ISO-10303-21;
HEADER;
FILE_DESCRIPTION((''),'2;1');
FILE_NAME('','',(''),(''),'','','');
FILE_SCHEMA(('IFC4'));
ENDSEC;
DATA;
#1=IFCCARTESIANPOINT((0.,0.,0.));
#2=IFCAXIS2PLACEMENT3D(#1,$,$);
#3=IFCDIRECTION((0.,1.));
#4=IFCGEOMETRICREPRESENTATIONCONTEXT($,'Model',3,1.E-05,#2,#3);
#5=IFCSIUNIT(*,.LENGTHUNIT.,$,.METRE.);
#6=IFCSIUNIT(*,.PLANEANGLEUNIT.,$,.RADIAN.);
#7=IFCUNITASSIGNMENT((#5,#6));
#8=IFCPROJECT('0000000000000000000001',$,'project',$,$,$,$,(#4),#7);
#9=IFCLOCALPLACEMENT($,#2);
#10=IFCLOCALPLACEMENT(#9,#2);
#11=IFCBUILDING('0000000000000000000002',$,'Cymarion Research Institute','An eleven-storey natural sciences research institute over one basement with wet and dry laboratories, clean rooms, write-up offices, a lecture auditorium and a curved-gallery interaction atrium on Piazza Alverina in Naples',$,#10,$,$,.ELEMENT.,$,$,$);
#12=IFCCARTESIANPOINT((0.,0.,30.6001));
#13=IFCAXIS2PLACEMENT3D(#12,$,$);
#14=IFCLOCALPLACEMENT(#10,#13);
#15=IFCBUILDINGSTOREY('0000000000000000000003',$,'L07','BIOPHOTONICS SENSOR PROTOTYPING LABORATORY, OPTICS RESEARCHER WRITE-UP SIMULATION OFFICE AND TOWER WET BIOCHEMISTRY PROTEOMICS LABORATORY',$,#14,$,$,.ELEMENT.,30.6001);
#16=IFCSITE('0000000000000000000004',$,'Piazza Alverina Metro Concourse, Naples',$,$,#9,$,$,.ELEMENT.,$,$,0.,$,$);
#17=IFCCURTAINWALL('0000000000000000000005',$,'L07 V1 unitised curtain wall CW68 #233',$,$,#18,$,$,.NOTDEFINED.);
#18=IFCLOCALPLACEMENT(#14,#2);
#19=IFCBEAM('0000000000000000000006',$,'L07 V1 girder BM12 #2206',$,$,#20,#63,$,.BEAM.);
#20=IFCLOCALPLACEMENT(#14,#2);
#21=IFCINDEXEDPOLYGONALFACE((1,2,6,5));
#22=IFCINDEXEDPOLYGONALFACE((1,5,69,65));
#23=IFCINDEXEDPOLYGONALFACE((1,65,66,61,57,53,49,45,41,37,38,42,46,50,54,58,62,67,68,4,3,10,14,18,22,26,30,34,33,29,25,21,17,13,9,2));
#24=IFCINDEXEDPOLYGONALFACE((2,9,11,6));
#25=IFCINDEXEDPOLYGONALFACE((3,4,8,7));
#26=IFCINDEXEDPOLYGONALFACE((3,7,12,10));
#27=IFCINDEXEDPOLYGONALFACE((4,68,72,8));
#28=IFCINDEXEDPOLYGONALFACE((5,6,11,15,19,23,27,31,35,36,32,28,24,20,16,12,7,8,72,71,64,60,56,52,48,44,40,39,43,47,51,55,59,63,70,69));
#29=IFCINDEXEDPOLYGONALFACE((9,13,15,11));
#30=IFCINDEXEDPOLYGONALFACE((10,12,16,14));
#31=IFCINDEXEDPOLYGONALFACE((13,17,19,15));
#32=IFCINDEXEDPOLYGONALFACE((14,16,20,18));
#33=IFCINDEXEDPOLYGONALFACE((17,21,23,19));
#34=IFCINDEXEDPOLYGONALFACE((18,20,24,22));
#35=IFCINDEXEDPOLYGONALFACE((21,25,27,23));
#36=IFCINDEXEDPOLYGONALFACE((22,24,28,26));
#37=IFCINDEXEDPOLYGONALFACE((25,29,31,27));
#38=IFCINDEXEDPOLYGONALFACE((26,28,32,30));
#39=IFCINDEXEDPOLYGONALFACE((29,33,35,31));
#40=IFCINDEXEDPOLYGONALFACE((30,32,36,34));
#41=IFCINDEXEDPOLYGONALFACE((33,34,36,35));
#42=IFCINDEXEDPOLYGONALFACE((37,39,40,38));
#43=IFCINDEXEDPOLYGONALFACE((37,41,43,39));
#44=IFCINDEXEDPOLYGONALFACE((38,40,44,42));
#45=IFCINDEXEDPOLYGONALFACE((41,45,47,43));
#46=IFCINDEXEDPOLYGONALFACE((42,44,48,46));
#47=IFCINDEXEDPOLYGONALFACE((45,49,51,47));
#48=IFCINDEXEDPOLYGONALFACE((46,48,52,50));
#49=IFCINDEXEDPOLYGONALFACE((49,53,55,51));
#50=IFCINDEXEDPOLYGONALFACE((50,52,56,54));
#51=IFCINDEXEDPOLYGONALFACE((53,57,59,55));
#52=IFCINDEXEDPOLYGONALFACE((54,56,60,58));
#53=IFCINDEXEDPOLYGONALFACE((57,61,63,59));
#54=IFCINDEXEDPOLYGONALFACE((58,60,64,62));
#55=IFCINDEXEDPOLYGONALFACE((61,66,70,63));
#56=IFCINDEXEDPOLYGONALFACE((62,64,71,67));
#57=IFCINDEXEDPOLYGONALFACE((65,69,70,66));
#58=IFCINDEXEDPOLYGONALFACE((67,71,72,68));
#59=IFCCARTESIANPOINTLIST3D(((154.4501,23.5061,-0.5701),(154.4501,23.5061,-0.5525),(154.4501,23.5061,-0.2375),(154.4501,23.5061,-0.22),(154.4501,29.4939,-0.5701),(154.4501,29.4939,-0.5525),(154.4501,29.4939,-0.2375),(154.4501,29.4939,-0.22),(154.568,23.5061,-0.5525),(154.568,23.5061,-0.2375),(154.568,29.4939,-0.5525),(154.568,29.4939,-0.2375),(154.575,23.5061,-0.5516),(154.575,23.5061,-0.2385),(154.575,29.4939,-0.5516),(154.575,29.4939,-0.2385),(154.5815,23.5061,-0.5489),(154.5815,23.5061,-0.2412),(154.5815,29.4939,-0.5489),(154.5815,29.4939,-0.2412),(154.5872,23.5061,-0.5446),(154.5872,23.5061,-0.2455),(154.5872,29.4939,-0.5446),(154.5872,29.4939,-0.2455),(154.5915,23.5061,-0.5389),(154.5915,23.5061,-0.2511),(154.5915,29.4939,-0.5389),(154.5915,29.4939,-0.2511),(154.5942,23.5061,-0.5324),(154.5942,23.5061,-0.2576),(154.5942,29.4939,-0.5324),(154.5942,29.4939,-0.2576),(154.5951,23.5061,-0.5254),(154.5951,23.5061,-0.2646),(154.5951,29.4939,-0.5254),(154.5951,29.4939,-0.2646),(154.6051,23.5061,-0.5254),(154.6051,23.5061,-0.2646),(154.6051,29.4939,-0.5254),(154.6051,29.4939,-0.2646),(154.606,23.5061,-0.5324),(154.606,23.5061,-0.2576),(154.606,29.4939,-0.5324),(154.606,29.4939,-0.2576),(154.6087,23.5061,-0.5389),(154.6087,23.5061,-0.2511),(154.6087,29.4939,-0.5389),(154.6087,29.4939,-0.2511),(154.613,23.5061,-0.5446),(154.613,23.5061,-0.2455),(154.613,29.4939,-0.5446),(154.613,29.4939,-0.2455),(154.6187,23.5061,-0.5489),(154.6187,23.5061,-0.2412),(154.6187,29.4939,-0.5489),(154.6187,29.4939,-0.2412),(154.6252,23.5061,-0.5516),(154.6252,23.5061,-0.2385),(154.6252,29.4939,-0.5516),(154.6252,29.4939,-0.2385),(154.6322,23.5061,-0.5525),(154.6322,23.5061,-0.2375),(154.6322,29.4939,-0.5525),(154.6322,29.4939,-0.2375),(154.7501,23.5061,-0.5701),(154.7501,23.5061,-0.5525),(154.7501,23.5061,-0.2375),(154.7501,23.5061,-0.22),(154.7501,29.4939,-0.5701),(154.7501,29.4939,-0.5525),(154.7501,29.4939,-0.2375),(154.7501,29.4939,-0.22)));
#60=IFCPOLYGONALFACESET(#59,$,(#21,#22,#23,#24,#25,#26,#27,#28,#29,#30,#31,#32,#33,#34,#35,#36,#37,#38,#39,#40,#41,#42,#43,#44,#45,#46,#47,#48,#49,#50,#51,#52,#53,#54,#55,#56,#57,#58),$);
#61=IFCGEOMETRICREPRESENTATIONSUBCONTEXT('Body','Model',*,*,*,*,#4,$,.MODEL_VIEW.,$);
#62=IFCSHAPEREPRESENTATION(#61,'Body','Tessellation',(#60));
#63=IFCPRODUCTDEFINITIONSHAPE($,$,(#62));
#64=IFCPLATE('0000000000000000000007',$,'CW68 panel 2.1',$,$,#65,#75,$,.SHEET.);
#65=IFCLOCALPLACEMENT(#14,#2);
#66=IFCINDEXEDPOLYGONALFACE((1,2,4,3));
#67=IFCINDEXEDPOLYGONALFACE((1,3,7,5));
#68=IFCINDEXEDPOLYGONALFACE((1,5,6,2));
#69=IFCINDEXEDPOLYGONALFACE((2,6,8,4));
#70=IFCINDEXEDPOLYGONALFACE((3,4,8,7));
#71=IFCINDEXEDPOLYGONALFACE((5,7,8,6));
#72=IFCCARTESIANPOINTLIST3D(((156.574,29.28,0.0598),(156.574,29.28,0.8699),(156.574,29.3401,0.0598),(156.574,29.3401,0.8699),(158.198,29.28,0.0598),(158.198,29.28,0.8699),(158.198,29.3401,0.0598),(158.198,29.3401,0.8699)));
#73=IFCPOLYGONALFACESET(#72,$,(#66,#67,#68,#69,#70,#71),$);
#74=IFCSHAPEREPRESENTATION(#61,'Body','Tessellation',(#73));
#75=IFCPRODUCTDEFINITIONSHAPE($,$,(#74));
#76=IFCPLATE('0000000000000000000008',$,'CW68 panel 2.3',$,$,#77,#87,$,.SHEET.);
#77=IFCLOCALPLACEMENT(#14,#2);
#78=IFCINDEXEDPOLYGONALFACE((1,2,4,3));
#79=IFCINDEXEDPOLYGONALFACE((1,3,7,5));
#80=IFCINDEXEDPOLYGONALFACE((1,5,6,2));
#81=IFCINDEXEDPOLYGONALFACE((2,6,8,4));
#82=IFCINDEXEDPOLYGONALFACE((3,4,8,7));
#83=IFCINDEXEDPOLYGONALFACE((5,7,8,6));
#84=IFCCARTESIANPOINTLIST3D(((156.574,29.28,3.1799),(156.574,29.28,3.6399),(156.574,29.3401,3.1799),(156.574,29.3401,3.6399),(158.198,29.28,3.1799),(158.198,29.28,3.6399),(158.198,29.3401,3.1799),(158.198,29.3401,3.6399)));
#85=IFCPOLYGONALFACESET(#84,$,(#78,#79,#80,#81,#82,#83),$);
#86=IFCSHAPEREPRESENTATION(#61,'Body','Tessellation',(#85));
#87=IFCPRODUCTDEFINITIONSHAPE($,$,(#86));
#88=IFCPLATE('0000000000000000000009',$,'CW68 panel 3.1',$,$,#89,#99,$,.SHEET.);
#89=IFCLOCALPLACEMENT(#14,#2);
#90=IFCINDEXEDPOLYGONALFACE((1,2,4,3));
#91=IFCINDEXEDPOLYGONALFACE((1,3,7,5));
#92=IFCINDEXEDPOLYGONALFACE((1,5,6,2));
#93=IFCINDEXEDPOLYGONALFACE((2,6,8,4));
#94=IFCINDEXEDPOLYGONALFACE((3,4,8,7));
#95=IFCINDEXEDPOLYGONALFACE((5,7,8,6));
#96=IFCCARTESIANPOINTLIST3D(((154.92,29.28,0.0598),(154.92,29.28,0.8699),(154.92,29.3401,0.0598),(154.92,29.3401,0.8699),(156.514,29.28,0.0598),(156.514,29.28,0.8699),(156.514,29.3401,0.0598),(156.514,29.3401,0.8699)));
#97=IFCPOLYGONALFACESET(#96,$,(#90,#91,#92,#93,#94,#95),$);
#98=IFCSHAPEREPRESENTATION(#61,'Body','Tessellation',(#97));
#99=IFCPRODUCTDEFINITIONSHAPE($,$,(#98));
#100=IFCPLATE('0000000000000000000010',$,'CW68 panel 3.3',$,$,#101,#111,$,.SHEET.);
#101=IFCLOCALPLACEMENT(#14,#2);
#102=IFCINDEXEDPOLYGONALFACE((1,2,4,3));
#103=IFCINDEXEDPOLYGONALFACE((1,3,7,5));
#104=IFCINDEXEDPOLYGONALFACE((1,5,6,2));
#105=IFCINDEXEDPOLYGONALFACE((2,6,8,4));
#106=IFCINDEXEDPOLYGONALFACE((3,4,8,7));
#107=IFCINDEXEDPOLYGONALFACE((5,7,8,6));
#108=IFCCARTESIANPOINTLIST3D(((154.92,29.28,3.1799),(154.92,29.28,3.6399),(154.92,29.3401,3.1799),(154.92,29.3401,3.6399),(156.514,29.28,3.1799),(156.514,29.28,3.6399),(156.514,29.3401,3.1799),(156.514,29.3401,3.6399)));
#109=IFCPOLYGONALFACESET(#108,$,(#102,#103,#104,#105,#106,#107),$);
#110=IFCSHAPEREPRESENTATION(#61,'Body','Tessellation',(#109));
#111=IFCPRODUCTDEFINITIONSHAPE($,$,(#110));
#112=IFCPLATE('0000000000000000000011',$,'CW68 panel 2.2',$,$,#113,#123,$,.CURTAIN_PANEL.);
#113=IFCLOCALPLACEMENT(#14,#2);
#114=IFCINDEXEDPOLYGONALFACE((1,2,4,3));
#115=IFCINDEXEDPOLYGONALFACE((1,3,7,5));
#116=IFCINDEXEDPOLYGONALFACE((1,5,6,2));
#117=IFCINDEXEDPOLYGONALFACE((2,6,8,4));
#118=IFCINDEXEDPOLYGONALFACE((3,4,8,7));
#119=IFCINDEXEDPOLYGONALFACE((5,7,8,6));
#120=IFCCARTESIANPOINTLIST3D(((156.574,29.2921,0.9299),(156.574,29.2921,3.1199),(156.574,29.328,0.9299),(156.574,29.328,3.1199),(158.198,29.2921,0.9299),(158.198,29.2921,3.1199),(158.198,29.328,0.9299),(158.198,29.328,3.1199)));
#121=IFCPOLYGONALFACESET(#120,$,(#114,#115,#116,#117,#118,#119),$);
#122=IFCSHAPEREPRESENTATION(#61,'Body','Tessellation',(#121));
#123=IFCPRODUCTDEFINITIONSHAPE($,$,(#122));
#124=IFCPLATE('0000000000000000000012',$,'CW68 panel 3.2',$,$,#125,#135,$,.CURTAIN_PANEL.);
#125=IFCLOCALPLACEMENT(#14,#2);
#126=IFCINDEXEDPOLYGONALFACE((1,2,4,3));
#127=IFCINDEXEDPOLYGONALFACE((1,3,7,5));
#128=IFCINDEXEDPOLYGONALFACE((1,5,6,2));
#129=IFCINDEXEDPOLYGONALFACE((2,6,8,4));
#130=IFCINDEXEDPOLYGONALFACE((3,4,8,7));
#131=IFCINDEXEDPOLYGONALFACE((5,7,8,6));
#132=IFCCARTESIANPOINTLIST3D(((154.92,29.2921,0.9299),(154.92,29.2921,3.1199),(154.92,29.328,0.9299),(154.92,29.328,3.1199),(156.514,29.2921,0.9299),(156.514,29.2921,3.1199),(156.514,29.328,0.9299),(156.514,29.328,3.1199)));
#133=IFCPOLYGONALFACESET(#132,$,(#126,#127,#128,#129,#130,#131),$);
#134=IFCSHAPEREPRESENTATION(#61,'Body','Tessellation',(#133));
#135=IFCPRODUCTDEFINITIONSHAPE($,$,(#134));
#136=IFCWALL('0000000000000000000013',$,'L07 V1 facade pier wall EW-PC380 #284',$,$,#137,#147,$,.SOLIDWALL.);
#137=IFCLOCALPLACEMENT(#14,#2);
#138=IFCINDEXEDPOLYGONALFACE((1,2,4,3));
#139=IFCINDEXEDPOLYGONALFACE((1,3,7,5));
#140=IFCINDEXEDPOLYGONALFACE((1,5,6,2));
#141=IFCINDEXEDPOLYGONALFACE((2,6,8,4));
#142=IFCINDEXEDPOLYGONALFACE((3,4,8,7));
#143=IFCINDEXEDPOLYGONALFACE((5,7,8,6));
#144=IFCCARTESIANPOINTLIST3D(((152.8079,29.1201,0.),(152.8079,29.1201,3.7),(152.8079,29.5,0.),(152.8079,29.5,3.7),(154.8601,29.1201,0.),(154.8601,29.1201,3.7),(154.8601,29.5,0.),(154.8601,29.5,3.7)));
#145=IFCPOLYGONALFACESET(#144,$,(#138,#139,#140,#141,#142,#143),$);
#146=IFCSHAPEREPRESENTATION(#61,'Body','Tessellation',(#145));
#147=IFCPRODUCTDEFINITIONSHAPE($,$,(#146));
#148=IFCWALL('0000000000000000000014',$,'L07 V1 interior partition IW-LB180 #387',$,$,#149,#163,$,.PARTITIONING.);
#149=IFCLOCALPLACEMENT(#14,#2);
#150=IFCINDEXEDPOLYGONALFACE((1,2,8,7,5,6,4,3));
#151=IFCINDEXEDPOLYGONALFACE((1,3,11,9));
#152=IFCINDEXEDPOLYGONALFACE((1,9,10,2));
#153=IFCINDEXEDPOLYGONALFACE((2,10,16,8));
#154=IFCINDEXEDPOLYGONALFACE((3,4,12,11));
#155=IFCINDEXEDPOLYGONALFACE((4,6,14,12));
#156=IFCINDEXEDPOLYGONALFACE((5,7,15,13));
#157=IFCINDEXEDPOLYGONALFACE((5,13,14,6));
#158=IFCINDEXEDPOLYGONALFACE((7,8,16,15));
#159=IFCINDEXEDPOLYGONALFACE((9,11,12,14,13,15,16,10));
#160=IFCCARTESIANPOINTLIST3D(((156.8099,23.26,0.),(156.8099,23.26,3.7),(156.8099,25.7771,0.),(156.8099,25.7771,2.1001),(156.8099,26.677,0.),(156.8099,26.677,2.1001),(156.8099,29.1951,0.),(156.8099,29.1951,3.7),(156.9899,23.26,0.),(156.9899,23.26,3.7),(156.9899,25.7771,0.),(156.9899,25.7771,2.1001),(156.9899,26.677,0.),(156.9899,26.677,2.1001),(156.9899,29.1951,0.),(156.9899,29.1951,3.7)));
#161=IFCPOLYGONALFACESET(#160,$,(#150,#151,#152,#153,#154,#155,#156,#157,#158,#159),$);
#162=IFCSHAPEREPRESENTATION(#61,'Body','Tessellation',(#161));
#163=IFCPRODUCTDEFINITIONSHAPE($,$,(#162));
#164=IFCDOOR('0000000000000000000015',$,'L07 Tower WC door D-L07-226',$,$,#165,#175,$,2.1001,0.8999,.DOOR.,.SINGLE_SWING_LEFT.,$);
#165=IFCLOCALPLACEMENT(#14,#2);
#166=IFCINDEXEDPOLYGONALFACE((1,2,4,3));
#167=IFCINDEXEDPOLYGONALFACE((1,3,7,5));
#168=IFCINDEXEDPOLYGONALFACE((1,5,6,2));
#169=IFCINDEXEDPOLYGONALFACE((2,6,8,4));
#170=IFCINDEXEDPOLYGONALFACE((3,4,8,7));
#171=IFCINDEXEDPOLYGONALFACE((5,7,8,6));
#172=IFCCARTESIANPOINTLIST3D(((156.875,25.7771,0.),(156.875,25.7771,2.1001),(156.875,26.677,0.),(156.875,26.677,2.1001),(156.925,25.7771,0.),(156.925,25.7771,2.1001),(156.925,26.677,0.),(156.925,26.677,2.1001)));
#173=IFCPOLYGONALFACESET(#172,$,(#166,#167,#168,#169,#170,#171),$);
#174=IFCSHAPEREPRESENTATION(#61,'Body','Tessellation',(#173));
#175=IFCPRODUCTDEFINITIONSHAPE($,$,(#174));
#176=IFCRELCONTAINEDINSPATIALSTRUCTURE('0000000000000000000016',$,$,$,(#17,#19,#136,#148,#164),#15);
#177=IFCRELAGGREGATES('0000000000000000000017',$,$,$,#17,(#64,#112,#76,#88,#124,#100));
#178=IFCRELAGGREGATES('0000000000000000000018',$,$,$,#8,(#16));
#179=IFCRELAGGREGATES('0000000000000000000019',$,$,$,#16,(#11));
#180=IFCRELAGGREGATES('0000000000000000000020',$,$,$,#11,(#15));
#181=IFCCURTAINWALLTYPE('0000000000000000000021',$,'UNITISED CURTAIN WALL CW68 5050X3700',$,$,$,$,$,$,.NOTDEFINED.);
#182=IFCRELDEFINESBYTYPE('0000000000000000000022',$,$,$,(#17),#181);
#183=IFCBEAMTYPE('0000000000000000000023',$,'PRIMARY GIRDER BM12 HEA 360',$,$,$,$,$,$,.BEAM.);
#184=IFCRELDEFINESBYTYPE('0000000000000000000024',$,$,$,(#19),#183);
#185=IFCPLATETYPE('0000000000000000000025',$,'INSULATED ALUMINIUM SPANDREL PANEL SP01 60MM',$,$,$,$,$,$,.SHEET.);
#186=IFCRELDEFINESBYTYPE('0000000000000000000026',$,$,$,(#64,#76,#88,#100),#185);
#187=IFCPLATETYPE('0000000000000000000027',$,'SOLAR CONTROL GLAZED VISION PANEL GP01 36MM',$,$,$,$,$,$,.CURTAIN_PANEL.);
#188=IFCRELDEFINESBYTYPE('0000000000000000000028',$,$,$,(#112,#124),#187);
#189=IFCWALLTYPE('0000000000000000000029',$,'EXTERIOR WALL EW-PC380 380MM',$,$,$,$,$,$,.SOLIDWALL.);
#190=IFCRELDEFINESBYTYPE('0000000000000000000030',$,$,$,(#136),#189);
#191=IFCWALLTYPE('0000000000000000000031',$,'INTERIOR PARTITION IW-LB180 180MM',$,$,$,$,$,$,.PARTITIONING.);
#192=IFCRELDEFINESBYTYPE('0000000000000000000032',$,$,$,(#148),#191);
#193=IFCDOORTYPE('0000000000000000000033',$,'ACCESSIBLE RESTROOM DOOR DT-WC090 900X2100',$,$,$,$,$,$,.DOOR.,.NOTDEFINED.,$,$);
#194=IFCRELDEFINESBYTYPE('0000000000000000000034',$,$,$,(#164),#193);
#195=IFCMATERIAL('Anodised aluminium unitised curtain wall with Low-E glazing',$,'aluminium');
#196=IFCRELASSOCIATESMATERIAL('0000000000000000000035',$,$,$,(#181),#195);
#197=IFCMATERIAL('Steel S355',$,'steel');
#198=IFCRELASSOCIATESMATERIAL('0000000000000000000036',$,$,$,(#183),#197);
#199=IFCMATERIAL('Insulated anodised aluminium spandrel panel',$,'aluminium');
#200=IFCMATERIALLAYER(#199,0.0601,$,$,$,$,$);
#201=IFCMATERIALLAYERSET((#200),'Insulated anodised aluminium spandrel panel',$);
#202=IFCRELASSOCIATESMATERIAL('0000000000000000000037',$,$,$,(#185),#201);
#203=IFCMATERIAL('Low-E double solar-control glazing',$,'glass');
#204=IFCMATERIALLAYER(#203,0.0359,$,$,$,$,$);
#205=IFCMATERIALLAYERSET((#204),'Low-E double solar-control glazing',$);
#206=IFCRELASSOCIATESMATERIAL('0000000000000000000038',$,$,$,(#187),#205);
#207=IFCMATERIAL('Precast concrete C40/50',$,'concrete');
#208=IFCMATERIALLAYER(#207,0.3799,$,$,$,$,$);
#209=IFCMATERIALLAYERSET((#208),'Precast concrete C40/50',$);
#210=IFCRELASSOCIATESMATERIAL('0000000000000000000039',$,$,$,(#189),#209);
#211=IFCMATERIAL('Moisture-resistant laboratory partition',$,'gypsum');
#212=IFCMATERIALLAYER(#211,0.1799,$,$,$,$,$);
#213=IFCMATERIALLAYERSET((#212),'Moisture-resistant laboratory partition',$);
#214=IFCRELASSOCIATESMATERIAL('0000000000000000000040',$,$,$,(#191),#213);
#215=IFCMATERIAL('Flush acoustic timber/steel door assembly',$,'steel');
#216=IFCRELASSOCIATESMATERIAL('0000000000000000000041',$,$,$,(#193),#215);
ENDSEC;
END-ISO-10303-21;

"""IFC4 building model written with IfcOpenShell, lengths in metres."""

from ifc_helpers import new_model, si_unit, direction, frame, frame_2d, origin, origin_2d, place, context, subcontext, project, spatial, rectangle, i_section, extrude, material, layer, layer_set, material_profile, profile_set, type_object, element, fill, aggregate, save


model = new_model("IFC4")

# Units and contexts
model_context = context("Model", 3, precision=1e-05, world=origin(), true_north=direction((0.0, 1.0)))
body_context = subcontext(model_context, "Body", "Model", "MODEL_VIEW")
ifc_project = project(units=[si_unit("LENGTHUNIT", "METRE"), si_unit("PLANEANGLEUNIT", "RADIAN")], contexts=[model_context])

# Site, building, storey
site_placement = place(None, origin())
site = spatial("IfcSite", under=ifc_project, at=site_placement, Name="Piazza Alverina Metro Concourse, Naples", CompositionType="ELEMENT", RefElevation=0.0)
building_placement = place(site_placement, origin())
building = spatial("IfcBuilding", under=site, at=building_placement, Name="Cymarion Research Institute", Description="An eleven-storey natural sciences research institute over one basement with wet and dry laboratories, clean rooms, write-up offices, a lecture auditorium and a curved-gallery interaction atrium on Piazza Alverina in Naples", CompositionType="ELEMENT")
storey_placement = place(building_placement, frame((0.0, 0.0, 30.6001)))
storey = spatial("IfcBuildingStorey", under=building, at=storey_placement, Name="L07", Description="BIOPHOTONICS SENSOR PROTOTYPING LABORATORY, OPTICS RESEARCHER WRITE-UP SIMULATION OFFICE AND TOWER WET BIOCHEMISTRY PROTEOMICS LABORATORY", CompositionType="ELEMENT", Elevation=30.6001)

# Shared definitions
ifc_material_1 = material(Name="Steel S355", Category="steel")

# Curtain wall
ifc_material_2 = material(Name="Anodised aluminium unitised curtain wall with Low-E glazing", Category="aluminium")
curtain_wall_type_1 = type_object("IfcCurtainWallType", Name="UNITISED CURTAIN WALL CW68 5050X3700", PredefinedType="NOTDEFINED", material=ifc_material_2)
curtain_wall_1_placement = place(storey_placement, origin())
curtain_wall_1 = element("IfcCurtainWall", 1, at=curtain_wall_1_placement, inside=storey, type_object=curtain_wall_type_1, Name="L07 V1 unitised curtain wall CW68 #233", PredefinedType="NOTDEFINED")

# Beam
ifc_material_profile_1 = material_profile(ifc_material_1, i_section(OverallWidth=0.3, OverallDepth=0.3501, WebThickness=0.01, FlangeThickness=0.0176, FilletRadius=0.0271, at=origin_2d()), Name="HEA 360")
ifc_profile_set_1 = profile_set([ifc_material_profile_1], Name="Steel S355")
beam_type_1 = type_object("IfcBeamType", Name="PRIMARY GIRDER BM12 HEA 360", PredefinedType="BEAM", material=ifc_profile_set_1)
for number, where, z_axis, x_axis, name in (
    (2, (154.6001, 23.5061, -0.395), (0.0, 1.0, 0.0), (-1.0, 0.0, 0.0), "L07 V1 girder BM12 #2206"),
):
    element("IfcBeam", number, at=place(storey_placement, frame(where, z_axis=z_axis, x_axis=x_axis)), inside=storey, type_object=beam_type_1, Name=name, PredefinedType="BEAM", context=body_context, shape_type="SweptSolid", body=[
        extrude(i_section(OverallWidth=0.3, OverallDepth=0.3501, WebThickness=0.01, FlangeThickness=0.0176, FilletRadius=0.0271, at=origin_2d()), origin(), (0.0, 0.0, 1.0), 5.9878),
    ])

# Plates
ifc_material_3 = material(Name="Insulated anodised aluminium spandrel panel", Category="aluminium")
ifc_layer_1 = layer(ifc_material_3, 0.0601)
ifc_layer_set_1 = layer_set([ifc_layer_1], Name="Insulated anodised aluminium spandrel panel")
plate_type_1 = type_object("IfcPlateType", Name="INSULATED ALUMINIUM SPANDREL PANEL SP01 60MM", PredefinedType="SHEET", material=ifc_layer_set_1)
plate_1_placement = place(storey_placement, frame((157.386, 29.3101, 0.0598), z_axis=(0.0, 0.0, 1.0), x_axis=(-1.0, 0.0, 0.0)))
plate_1 = element("IfcPlate", 3, at=plate_1_placement, type_object=plate_type_1, Name="CW68 panel 2.1", PredefinedType="SHEET", context=body_context, shape_type="SweptSolid", body=[
    extrude(rectangle(XDim=1.624, YDim=0.0601, at=origin_2d()), origin(), (0.0, 0.0, 1.0), 0.8101),
])
plate_2_placement = place(storey_placement, frame((157.386, 29.3101, 3.1799), z_axis=(0.0, 0.0, 1.0), x_axis=(-1.0, 0.0, 0.0)))
plate_2 = element("IfcPlate", 4, at=plate_2_placement, type_object=plate_type_1, Name="CW68 panel 2.3", PredefinedType="SHEET", context=body_context, shape_type="SweptSolid", body=[
    extrude(rectangle(XDim=1.624, YDim=0.0601, at=origin_2d()), origin(), (0.0, 0.0, 1.0), 0.46),
])
plate_3_placement = place(storey_placement, frame((155.717, 29.3101, 0.0598), z_axis=(0.0, 0.0, 1.0), x_axis=(-1.0, 0.0, 0.0)))
plate_3 = element("IfcPlate", 5, at=plate_3_placement, type_object=plate_type_1, Name="CW68 panel 3.1", PredefinedType="SHEET", context=body_context, shape_type="SweptSolid", body=[
    extrude(rectangle(XDim=1.594, YDim=0.0601, at=origin_2d()), origin(), (0.0, 0.0, 1.0), 0.8101),
])
plate_4_placement = place(storey_placement, frame((155.717, 29.3101, 3.1799), z_axis=(0.0, 0.0, 1.0), x_axis=(-1.0, 0.0, 0.0)))
plate_4 = element("IfcPlate", 6, at=plate_4_placement, type_object=plate_type_1, Name="CW68 panel 3.3", PredefinedType="SHEET", context=body_context, shape_type="SweptSolid", body=[
    extrude(rectangle(XDim=1.594, YDim=0.0601, at=origin_2d()), origin(), (0.0, 0.0, 1.0), 0.46),
])
ifc_material_4 = material(Name="Low-E double solar-control glazing", Category="glass")
ifc_layer_2 = layer(ifc_material_4, 0.0359)
ifc_layer_set_2 = layer_set([ifc_layer_2], Name="Low-E double solar-control glazing")
plate_type_2 = type_object("IfcPlateType", Name="SOLAR CONTROL GLAZED VISION PANEL GP01 36MM", PredefinedType="CURTAIN_PANEL", material=ifc_layer_set_2)
plate_5_placement = place(storey_placement, frame((157.386, 29.3101, 0.9299), z_axis=(0.0, 0.0, 1.0), x_axis=(-1.0, 0.0, 0.0)))
plate_5 = element("IfcPlate", 7, at=plate_5_placement, type_object=plate_type_2, Name="CW68 panel 2.2", PredefinedType="CURTAIN_PANEL", context=body_context, shape_type="SweptSolid", body=[
    extrude(rectangle(XDim=1.624, YDim=0.0359, at=origin_2d()), origin(), (0.0, 0.0, 1.0), 2.1899),
])
plate_6_placement = place(storey_placement, frame((155.717, 29.3101, 0.9299), z_axis=(0.0, 0.0, 1.0), x_axis=(-1.0, 0.0, 0.0)))
plate_6 = element("IfcPlate", 8, at=plate_6_placement, type_object=plate_type_2, Name="CW68 panel 3.2", PredefinedType="CURTAIN_PANEL", context=body_context, shape_type="SweptSolid", body=[
    extrude(rectangle(XDim=1.594, YDim=0.0359, at=origin_2d()), origin(), (0.0, 0.0, 1.0), 2.1899),
])
aggregate(curtain_wall_1, [plate_1, plate_5, plate_2, plate_3, plate_6, plate_4])

# Wall
ifc_material_5 = material(Name="Precast concrete C40/50", Category="concrete")
ifc_layer_3 = layer(ifc_material_5, 0.3799)
ifc_layer_set_3 = layer_set([ifc_layer_3], Name="Precast concrete C40/50")
wall_type_1 = type_object("IfcWallType", Name="EXTERIOR WALL EW-PC380 380MM", PredefinedType="SOLIDWALL", material=ifc_layer_set_3)
wall_1_placement = place(storey_placement, frame((154.8601, 29.3101, 0.0), z_axis=(0.0, 0.0, 1.0), x_axis=(-1.0, 0.0, 0.0)))
element("IfcWall", 9, at=wall_1_placement, inside=storey, type_object=wall_type_1, Name="L07 V1 facade pier wall EW-PC380 #284", PredefinedType="SOLIDWALL", context=body_context, shape_type="SweptSolid", body=[
    extrude(rectangle(XDim=2.0522, YDim=0.3799, at=frame_2d((1.0261, 0.0))), origin(), (0.0, 0.0, 1.0), 3.7),
])

# Wall, opening, door
ifc_material_6 = material(Name="Moisture-resistant laboratory partition", Category="gypsum")
ifc_layer_4 = layer(ifc_material_6, 0.1799)
ifc_layer_set_4 = layer_set([ifc_layer_4], Name="Moisture-resistant laboratory partition")
wall_type_2 = type_object("IfcWallType", Name="INTERIOR PARTITION IW-LB180 180MM", PredefinedType="PARTITIONING", material=ifc_layer_set_4)
wall_2_placement = place(storey_placement, frame((156.8999, 23.26, 0.0), z_axis=(0.0, 0.0, 1.0), x_axis=(0.0, 1.0, 0.0)))
wall_2 = element("IfcWall", 10, at=wall_2_placement, inside=storey, type_object=wall_type_2, Name="L07 V1 interior partition IW-LB180 #387", PredefinedType="PARTITIONING", context=body_context, shape_type="SweptSolid", body=[
    extrude(rectangle(XDim=5.9351, YDim=0.1799, at=frame_2d((2.9675, 0.0))), origin(), (0.0, 0.0, 1.0), 3.7),
])
opening_1_placement = place(wall_2_placement, frame((2.5171, 0.0, 0.0)))
opening_1 = element("IfcOpeningElement", 11, at=opening_1_placement, cuts=wall_2, PredefinedType="OPENING", context=body_context, shape_type="SweptSolid", body=[
    extrude(rectangle(XDim=0.8999, YDim=2.1001, at=frame_2d((0.45, 1.05))), frame((0.0, 0.0999, 0.0), z_axis=(0.0, -1.0, 0.0), x_axis=(1.0, 0.0, 0.0)), (0.0, 0.0, 1.0), 0.2),
])
ifc_material_7 = material(Name="Flush acoustic timber/steel door assembly", Category="steel")
door_type_1 = type_object("IfcDoorType", Name="ACCESSIBLE RESTROOM DOOR DT-WC090 900X2100", OperationType="NOTDEFINED", PredefinedType="DOOR", material=ifc_material_7)
door_1_placement = place(opening_1_placement, origin())
door_1 = element("IfcDoor", 12, at=door_1_placement, inside=storey, type_object=door_type_1, Name="L07 Tower WC door D-L07-226", OperationType="SINGLE_SWING_LEFT", OverallHeight=2.1001, OverallWidth=0.8999, PredefinedType="DOOR", context=body_context, shape_type="SweptSolid", body=[
    extrude(rectangle(XDim=0.8999, YDim=2.1001, at=frame_2d((0.45, 1.05))), frame((0.0, 0.0249, 0.0), z_axis=(0.0, -1.0, 0.0), x_axis=(1.0, 0.0, 0.0)), (0.0, 0.0, 1.0), 0.05),
])
fill(opening_1, door_1)

save(model, "model.ifc")
